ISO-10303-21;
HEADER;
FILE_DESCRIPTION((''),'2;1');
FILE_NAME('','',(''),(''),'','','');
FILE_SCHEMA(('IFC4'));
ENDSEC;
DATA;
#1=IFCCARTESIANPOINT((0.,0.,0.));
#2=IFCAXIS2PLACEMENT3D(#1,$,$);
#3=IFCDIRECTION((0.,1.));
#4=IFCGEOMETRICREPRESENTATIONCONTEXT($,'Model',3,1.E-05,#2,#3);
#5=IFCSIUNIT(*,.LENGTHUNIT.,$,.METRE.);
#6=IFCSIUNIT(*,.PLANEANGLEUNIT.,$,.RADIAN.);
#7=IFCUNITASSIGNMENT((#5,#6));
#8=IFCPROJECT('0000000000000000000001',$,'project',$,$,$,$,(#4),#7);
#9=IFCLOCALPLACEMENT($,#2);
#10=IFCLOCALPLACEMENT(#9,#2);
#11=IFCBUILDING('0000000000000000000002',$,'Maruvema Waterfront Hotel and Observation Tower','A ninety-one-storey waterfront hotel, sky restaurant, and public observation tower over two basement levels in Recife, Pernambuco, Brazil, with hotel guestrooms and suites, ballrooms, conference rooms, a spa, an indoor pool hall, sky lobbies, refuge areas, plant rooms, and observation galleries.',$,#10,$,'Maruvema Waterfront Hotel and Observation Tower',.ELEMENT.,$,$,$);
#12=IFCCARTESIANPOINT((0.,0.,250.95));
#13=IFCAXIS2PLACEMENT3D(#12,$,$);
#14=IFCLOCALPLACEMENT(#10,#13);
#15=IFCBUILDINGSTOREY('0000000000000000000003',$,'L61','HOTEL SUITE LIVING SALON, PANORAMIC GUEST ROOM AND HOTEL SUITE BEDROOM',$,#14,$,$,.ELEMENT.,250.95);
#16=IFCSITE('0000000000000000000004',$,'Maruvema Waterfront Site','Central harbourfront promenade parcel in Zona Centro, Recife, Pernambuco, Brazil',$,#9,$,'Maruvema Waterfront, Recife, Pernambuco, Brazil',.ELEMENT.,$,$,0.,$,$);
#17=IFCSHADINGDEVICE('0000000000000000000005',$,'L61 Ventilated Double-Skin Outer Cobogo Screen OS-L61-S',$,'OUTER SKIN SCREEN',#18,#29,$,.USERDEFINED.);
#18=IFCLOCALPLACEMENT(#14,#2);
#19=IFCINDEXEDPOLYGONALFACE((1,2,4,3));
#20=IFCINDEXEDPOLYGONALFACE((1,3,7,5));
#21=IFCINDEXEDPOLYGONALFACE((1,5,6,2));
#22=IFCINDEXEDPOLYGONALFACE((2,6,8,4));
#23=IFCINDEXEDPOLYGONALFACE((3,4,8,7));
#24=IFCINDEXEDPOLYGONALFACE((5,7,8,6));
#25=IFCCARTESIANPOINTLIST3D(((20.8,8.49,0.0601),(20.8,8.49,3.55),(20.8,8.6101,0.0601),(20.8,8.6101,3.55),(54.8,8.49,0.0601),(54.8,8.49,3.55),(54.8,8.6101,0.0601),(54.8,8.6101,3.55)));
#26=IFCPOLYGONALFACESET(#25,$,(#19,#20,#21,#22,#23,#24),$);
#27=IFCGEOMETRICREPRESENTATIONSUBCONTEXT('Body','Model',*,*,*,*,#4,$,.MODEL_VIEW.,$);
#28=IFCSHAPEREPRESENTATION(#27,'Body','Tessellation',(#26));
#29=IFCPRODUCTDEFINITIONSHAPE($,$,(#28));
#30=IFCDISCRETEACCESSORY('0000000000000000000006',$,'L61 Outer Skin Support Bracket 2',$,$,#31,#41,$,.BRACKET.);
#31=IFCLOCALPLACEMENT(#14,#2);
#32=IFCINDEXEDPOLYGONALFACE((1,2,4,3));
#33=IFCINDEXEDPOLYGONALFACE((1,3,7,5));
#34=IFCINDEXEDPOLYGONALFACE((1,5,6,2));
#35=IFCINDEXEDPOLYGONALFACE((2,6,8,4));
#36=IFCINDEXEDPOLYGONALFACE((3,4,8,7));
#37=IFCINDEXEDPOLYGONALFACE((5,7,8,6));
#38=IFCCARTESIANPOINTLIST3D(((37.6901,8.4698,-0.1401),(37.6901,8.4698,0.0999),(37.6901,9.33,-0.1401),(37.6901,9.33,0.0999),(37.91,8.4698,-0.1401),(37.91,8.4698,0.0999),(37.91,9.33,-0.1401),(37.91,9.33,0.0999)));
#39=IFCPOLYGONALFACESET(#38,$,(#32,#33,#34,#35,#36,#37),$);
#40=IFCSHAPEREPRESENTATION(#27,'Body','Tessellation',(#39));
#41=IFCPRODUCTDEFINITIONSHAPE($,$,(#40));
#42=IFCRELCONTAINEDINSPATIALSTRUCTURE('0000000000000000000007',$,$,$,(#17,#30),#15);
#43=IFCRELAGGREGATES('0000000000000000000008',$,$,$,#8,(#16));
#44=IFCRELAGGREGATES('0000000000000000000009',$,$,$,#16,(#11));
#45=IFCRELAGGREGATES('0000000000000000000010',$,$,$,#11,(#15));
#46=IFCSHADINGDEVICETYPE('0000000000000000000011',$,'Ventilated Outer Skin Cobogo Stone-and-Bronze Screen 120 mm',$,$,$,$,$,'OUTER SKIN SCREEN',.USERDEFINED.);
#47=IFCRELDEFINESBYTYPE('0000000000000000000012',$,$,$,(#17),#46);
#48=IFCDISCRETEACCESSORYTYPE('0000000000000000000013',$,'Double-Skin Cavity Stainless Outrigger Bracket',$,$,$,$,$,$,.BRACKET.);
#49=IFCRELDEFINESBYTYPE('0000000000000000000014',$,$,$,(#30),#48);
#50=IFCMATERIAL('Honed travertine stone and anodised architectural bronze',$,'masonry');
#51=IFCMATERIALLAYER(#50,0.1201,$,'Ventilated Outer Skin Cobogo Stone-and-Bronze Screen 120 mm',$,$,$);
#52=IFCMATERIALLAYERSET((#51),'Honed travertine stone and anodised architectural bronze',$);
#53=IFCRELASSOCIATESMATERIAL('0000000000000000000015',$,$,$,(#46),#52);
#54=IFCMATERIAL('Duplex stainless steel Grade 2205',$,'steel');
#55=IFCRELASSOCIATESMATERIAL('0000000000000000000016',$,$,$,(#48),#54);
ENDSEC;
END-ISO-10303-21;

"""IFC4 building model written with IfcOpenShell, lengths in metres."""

from ifc_helpers import new_model, si_unit, direction, frame, origin, origin_2d, place, context, subcontext, project, spatial, rectangle, extrude, material, layer, layer_set, type_object, element, save


model = new_model("IFC4")

# Units and contexts
model_context = context("Model", 3, precision=1e-05, world=origin(), true_north=direction((0.0, 1.0)))
body_context = subcontext(model_context, "Body", "Model", "MODEL_VIEW")
ifc_project = project(units=[si_unit("LENGTHUNIT", "METRE"), si_unit("PLANEANGLEUNIT", "RADIAN")], contexts=[model_context])

# Site, building, storey
site_placement = place(None, origin())
site = spatial("IfcSite", under=ifc_project, at=site_placement, Name="Maruvema Waterfront Site", Description="Central harbourfront promenade parcel in Zona Centro, Recife, Pernambuco, Brazil", LongName="Maruvema Waterfront, Recife, Pernambuco, Brazil", CompositionType="ELEMENT", RefElevation=0.0)
building_placement = place(site_placement, origin())
building = spatial("IfcBuilding", under=site, at=building_placement, Name="Maruvema Waterfront Hotel and Observation Tower", Description="A ninety-one-storey waterfront hotel, sky restaurant, and public observation tower over two basement levels in Recife, Pernambuco, Brazil, with hotel guestrooms and suites, ballrooms, conference rooms, a spa, an indoor pool hall, sky lobbies, refuge areas, plant rooms, and observation galleries.", LongName="Maruvema Waterfront Hotel and Observation Tower", CompositionType="ELEMENT")
storey_placement = place(building_placement, frame((0.0, 0.0, 250.95)))
storey = spatial("IfcBuildingStorey", under=building, at=storey_placement, Name="L61", Description="HOTEL SUITE LIVING SALON, PANORAMIC GUEST ROOM AND HOTEL SUITE BEDROOM", CompositionType="ELEMENT", Elevation=250.95)

# Shading device
ifc_material_1 = material(Name="Honed travertine stone and anodised architectural bronze", Category="masonry")
ifc_layer_1 = layer(ifc_material_1, 0.1201, Name="Ventilated Outer Skin Cobogo Stone-and-Bronze Screen 120 mm")
ifc_layer_set_1 = layer_set([ifc_layer_1], Name="Honed travertine stone and anodised architectural bronze")
shading_device_type = type_object("IfcShadingDeviceType", Name="Ventilated Outer Skin Cobogo Stone-and-Bronze Screen 120 mm", ElementType="OUTER SKIN SCREEN", PredefinedType="USERDEFINED", material=ifc_layer_set_1)
shading_device_placement = place(storey_placement, frame((37.8, 8.55, 0.0601), z_axis=(0.0, 0.0, 1.0), x_axis=(1.0, 0.0, 0.0)))
element("IfcShadingDevice", 1, at=shading_device_placement, inside=storey, type_object=shading_device_type, Name="L61 Ventilated Double-Skin Outer Cobogo Screen OS-L61-S", ObjectType="OUTER SKIN SCREEN", PredefinedType="USERDEFINED", context=body_context, shape_type="SweptSolid", body=[
    extrude(rectangle(XDim=34.0, YDim=0.1201, at=origin_2d()), origin(), (0.0, 0.0, 1.0), 3.49),
])

# Discrete accessory
ifc_material_2 = material(Name="Duplex stainless steel Grade 2205", Category="steel")
discrete_accessory_type = type_object("IfcDiscreteAccessoryType", Name="Double-Skin Cavity Stainless Outrigger Bracket", PredefinedType="BRACKET", material=ifc_material_2)
discrete_accessory_placement = place(storey_placement, frame((37.8, 8.8999, -0.1401), z_axis=(0.0, 0.0, 1.0), x_axis=(1.0, 0.0, 0.0)))
element("IfcDiscreteAccessory", 2, at=discrete_accessory_placement, inside=storey, type_object=discrete_accessory_type, Name="L61 Outer Skin Support Bracket 2", PredefinedType="BRACKET", context=body_context, shape_type="SweptSolid", body=[
    extrude(rectangle(XDim=0.22, YDim=0.8601, at=origin_2d()), origin(), (0.0, 0.0, 1.0), 0.24),
])

save(model, "model.ifc")
